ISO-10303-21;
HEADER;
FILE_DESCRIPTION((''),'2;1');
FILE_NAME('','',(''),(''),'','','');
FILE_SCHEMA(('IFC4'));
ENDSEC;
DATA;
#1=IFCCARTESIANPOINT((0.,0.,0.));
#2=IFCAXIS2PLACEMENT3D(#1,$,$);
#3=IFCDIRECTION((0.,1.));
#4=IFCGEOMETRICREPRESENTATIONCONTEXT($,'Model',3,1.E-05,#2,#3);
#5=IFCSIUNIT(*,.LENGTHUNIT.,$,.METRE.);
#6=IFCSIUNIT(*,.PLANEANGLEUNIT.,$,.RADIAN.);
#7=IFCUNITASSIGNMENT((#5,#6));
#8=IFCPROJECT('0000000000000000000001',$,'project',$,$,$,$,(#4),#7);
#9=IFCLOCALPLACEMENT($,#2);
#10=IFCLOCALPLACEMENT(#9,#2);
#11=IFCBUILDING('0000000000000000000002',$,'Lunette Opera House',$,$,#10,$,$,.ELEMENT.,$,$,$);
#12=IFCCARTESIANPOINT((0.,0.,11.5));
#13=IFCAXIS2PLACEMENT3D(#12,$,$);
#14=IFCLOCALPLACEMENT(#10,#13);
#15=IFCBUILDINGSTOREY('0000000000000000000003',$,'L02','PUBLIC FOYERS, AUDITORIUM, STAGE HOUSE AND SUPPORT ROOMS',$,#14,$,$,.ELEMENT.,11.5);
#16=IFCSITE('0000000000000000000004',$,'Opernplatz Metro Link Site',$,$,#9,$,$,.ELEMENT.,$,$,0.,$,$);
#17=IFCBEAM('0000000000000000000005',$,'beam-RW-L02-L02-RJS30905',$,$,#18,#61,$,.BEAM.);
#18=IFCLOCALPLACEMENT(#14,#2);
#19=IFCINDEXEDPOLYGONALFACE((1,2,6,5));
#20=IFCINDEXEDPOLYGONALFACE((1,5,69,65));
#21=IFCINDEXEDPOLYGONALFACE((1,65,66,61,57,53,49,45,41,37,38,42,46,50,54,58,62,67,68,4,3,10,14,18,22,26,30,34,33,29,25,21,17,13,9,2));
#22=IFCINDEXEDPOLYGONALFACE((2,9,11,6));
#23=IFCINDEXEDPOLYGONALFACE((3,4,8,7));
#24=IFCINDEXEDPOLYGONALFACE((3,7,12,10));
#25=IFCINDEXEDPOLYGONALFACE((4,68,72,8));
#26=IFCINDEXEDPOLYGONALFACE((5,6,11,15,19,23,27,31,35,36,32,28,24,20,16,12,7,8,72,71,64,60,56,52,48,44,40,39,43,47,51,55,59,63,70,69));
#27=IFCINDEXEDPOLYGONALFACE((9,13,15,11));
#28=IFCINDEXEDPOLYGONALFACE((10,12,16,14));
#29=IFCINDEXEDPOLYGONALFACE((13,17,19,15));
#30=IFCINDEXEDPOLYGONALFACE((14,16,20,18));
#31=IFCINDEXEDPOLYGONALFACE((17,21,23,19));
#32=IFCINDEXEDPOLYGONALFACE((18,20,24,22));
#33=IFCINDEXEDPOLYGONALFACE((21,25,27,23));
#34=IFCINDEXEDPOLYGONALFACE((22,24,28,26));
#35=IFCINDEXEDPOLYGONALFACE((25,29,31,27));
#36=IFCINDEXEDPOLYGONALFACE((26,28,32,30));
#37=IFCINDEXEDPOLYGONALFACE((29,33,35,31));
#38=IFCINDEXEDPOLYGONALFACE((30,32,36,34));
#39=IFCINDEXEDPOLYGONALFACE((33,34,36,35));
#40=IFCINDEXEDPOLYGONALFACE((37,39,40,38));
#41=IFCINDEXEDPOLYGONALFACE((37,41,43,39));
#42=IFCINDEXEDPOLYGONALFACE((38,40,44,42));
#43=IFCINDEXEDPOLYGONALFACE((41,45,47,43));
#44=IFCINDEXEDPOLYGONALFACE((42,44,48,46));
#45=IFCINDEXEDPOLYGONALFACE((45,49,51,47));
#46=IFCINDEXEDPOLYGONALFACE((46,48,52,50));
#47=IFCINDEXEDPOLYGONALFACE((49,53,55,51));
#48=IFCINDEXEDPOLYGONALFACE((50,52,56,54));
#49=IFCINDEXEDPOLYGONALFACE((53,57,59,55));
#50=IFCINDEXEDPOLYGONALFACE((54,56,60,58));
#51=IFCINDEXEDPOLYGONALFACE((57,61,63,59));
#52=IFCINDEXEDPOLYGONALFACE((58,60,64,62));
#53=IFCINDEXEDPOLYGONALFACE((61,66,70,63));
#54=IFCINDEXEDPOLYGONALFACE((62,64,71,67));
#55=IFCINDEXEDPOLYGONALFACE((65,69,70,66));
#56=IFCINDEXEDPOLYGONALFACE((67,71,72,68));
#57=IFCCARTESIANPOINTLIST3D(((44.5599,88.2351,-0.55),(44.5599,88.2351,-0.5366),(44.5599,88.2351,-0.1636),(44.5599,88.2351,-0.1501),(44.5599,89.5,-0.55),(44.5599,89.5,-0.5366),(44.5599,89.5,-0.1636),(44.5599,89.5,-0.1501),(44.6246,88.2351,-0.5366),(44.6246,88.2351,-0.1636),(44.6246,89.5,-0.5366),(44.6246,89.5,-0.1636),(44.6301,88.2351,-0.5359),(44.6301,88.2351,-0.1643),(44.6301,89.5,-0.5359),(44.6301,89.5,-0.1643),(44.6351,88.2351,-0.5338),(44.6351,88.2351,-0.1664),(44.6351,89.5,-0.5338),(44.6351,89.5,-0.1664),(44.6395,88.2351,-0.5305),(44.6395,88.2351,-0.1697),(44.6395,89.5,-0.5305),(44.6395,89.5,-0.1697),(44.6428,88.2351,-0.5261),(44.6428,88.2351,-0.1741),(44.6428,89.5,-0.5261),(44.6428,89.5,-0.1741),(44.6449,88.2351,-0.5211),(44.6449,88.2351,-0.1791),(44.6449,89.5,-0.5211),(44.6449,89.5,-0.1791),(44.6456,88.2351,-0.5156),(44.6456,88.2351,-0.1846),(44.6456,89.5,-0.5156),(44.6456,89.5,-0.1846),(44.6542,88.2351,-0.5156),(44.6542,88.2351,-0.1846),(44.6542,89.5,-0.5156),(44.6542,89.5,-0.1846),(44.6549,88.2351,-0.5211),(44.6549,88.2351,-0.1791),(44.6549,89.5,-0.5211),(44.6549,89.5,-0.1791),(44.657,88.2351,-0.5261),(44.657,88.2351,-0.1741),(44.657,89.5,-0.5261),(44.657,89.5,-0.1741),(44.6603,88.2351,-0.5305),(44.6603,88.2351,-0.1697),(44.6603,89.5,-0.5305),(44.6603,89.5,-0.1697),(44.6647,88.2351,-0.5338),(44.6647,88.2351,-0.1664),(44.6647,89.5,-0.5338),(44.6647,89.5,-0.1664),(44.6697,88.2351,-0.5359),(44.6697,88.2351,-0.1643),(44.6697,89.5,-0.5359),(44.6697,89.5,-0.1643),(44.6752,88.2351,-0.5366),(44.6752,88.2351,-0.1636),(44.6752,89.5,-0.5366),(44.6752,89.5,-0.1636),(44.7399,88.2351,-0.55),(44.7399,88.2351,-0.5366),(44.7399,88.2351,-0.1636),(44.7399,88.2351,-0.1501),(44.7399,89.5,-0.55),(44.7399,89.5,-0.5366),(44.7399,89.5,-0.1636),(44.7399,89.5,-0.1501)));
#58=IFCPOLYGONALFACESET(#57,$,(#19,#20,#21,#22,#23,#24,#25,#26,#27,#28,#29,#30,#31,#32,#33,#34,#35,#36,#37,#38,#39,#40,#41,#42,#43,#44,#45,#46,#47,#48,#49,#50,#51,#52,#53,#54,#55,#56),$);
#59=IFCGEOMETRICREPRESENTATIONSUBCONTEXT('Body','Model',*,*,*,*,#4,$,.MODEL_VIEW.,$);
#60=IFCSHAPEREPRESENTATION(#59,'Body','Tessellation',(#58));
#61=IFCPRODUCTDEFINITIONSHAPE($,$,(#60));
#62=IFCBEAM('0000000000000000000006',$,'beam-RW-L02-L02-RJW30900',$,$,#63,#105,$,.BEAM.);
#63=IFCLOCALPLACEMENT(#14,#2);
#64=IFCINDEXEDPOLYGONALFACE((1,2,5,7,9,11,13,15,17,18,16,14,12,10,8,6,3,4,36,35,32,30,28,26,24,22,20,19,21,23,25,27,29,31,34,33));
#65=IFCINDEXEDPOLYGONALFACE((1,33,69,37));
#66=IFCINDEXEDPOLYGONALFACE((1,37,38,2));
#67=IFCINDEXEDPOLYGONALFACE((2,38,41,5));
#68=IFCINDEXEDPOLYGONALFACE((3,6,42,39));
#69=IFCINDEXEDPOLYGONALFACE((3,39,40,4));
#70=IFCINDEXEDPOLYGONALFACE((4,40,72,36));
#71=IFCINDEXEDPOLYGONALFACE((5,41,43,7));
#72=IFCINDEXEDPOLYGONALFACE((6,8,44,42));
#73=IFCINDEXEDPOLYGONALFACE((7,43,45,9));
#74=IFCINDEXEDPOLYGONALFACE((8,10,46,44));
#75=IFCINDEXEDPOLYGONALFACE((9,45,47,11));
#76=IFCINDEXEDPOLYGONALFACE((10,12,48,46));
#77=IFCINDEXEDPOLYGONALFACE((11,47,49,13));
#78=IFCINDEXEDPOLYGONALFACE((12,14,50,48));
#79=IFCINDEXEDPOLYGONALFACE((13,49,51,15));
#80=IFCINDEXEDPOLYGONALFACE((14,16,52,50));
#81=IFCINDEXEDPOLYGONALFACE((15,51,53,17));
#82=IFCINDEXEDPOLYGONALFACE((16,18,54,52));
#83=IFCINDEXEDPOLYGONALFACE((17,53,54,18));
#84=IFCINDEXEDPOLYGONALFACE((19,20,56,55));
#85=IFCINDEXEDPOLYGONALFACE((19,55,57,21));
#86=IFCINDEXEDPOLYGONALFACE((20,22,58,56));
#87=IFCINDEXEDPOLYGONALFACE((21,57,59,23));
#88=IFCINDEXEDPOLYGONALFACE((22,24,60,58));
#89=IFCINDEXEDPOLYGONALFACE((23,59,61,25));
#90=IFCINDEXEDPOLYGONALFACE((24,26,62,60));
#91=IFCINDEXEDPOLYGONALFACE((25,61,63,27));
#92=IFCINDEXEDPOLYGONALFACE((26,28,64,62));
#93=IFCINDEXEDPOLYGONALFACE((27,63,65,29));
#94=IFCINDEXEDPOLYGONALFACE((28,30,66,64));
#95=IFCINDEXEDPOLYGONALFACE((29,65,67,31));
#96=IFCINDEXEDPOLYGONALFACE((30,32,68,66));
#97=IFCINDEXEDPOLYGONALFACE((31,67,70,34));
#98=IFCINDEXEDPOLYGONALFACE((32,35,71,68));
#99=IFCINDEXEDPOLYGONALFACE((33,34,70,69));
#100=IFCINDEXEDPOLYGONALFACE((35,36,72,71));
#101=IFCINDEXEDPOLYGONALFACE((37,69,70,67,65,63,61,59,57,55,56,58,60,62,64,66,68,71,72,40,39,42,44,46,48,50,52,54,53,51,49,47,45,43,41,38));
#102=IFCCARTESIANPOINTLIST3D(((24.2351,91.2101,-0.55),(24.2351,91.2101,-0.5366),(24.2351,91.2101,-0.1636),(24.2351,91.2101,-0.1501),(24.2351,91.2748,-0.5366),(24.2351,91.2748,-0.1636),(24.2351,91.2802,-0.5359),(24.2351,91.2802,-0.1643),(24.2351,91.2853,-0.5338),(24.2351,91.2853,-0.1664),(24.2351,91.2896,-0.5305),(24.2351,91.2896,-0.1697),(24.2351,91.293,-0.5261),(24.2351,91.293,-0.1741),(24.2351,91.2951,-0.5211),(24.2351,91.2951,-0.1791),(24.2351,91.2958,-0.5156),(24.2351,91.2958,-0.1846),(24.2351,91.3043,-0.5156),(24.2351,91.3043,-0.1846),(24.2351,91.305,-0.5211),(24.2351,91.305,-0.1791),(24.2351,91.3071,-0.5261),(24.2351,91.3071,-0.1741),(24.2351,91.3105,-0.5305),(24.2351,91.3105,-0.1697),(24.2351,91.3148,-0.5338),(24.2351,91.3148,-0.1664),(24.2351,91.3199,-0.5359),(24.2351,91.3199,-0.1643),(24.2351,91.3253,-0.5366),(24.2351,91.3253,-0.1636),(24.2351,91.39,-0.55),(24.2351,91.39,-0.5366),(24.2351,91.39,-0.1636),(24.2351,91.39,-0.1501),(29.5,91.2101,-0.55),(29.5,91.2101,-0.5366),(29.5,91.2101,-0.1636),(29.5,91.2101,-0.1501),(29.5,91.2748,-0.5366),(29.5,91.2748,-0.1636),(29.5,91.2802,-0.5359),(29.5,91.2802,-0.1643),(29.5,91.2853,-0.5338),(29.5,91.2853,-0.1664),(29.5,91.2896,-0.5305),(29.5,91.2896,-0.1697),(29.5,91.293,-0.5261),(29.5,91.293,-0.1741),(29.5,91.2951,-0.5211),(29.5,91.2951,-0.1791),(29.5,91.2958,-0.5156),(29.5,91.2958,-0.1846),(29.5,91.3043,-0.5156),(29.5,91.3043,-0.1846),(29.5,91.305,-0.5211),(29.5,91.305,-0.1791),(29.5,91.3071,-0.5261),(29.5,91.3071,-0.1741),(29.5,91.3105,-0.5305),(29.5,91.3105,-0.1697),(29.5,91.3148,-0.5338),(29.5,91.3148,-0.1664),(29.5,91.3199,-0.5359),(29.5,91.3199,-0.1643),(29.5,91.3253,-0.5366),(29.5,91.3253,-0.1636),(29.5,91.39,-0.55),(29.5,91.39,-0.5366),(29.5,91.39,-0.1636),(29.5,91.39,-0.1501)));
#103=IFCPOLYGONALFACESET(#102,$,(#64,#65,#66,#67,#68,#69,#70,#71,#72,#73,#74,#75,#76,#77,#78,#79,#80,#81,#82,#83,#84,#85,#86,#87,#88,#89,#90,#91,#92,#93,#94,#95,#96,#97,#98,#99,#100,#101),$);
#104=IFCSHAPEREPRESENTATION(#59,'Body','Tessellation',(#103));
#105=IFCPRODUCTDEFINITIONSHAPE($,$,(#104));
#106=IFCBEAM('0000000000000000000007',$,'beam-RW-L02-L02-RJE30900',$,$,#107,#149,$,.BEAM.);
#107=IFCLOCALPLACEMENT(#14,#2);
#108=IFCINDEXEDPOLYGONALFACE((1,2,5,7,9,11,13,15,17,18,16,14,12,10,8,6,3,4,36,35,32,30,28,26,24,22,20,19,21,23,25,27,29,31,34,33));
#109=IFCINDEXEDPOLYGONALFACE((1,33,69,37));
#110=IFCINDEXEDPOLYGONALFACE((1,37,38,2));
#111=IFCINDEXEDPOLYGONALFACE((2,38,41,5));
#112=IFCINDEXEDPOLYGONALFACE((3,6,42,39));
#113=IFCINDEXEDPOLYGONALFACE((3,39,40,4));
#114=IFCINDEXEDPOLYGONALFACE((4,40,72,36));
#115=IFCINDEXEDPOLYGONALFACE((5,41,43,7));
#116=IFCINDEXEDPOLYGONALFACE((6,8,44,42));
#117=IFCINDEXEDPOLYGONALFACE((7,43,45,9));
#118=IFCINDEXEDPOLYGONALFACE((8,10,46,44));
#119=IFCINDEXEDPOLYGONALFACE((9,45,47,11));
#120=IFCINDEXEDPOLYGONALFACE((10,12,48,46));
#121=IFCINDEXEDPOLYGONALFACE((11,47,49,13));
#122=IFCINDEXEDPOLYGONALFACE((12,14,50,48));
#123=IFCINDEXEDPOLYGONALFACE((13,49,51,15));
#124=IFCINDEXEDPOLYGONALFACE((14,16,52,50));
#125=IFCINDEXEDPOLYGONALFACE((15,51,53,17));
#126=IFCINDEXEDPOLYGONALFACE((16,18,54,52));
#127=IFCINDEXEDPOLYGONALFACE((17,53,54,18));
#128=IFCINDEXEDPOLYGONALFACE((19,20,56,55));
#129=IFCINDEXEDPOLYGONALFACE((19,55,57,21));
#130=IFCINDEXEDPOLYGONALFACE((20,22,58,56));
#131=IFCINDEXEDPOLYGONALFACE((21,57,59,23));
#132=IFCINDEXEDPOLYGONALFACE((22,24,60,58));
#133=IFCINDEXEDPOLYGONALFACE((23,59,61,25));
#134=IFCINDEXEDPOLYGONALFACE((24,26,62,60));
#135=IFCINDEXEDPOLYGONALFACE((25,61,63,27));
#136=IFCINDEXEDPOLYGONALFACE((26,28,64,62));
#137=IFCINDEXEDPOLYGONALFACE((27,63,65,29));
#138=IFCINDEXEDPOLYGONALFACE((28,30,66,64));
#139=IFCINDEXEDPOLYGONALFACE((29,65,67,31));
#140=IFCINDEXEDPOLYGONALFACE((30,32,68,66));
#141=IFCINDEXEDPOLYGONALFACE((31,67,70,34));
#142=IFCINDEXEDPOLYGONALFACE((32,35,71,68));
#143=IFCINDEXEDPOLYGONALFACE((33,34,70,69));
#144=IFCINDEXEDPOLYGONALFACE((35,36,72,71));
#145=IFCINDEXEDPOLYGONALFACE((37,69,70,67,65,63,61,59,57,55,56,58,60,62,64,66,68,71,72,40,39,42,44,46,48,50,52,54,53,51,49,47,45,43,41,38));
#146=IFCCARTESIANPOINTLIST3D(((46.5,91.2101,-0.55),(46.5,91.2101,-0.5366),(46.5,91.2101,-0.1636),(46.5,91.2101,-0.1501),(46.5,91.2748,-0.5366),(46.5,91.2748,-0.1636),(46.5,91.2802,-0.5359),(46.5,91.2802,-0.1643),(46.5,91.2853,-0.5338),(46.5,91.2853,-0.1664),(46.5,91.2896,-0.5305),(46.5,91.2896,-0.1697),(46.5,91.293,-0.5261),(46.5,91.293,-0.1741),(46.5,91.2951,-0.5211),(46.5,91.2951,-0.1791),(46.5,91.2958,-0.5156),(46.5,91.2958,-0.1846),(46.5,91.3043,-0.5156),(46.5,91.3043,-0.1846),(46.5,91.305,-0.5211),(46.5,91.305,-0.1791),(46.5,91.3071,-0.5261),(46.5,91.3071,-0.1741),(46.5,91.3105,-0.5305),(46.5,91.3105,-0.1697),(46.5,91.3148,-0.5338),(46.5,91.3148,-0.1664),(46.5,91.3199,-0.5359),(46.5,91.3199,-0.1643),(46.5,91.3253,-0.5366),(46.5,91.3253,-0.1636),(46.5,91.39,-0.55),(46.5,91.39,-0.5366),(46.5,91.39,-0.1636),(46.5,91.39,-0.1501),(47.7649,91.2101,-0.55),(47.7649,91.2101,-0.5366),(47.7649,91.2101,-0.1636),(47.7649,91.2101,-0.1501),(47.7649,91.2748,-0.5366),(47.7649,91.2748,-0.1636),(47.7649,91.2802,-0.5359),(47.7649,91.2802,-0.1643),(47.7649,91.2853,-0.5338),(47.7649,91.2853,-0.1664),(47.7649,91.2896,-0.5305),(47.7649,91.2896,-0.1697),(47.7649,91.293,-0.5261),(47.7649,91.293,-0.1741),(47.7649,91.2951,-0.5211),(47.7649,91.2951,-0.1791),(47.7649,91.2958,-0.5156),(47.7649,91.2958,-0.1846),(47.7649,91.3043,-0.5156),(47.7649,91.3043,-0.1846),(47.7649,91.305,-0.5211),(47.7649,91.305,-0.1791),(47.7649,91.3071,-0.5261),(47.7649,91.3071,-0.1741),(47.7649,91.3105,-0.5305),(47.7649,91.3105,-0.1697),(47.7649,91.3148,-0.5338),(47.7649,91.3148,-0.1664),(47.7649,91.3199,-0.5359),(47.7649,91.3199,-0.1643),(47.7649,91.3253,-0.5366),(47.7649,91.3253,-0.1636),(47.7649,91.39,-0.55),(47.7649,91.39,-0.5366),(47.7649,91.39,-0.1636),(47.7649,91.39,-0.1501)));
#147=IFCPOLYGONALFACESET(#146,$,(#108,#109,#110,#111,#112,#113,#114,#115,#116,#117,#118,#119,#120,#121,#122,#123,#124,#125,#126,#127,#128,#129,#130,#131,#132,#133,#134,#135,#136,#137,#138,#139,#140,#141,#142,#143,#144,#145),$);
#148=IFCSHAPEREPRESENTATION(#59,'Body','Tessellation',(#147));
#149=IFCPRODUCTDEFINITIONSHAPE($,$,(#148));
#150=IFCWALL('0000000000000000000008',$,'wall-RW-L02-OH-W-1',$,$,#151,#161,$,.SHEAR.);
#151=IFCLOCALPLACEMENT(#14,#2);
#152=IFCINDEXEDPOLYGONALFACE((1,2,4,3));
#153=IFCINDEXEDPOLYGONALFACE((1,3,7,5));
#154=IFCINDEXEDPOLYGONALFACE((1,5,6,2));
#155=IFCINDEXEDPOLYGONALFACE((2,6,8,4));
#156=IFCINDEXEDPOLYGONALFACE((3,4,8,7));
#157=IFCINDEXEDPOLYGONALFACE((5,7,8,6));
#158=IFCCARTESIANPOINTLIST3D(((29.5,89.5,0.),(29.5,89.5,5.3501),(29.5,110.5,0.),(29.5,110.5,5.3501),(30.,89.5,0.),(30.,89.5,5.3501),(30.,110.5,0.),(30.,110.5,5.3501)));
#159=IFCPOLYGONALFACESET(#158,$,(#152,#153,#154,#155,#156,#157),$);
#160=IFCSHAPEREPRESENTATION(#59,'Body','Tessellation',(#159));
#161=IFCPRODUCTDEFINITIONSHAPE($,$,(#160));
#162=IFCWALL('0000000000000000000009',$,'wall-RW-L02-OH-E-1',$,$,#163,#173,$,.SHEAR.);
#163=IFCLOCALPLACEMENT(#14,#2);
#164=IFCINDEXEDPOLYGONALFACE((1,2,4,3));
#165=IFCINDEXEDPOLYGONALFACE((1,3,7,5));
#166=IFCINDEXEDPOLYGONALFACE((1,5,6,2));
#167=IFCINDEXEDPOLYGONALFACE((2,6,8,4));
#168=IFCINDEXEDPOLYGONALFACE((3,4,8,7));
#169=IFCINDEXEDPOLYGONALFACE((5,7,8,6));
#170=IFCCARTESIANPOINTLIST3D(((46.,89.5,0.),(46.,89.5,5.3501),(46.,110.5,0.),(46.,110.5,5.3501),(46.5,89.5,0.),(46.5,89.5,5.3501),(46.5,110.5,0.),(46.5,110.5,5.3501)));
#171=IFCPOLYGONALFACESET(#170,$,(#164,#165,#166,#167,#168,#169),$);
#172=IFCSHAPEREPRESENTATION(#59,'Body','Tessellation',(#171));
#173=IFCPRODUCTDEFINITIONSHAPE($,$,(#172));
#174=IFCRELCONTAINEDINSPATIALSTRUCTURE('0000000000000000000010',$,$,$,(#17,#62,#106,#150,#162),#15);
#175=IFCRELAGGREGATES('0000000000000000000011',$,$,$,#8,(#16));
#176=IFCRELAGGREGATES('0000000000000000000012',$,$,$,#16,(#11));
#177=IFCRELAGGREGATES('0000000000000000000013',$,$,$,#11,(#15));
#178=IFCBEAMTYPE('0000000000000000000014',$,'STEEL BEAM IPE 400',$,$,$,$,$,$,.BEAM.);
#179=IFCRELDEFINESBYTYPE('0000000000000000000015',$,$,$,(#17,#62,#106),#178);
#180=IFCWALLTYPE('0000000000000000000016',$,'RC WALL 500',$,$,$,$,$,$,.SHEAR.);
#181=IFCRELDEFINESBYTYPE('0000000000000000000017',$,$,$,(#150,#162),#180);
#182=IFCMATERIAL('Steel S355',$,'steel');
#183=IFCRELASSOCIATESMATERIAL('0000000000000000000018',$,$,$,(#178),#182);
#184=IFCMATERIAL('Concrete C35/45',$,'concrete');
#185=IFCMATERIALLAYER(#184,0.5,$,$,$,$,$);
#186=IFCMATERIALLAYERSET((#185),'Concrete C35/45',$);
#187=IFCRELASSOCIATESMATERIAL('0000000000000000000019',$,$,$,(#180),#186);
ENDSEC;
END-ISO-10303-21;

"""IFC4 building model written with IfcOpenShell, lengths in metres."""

from ifc_helpers import new_model, si_unit, direction, frame, frame_2d, origin, origin_2d, place, context, subcontext, project, spatial, rectangle, i_section, extrude, material, layer, layer_set, material_profile, profile_set, type_object, element, save


model = new_model("IFC4")

# Units and contexts
model_context = context("Model", 3, precision=1e-05, world=origin(), true_north=direction((0.0, 1.0)))
body_context = subcontext(model_context, "Body", "Model", "MODEL_VIEW")
ifc_project = project(units=[si_unit("LENGTHUNIT", "METRE"), si_unit("PLANEANGLEUNIT", "RADIAN")], contexts=[model_context])

# Site, building, storey
site_placement = place(None, origin())
site = spatial("IfcSite", under=ifc_project, at=site_placement, Name="Opernplatz Metro Link Site", CompositionType="ELEMENT", RefElevation=0.0)
building_placement = place(site_placement, origin())
building = spatial("IfcBuilding", under=site, at=building_placement, Name="Lunette Opera House", CompositionType="ELEMENT")
storey_placement = place(building_placement, frame((0.0, 0.0, 11.5)))
storey = spatial("IfcBuildingStorey", under=building, at=storey_placement, Name="L02", Description="PUBLIC FOYERS, AUDITORIUM, STAGE HOUSE AND SUPPORT ROOMS", CompositionType="ELEMENT", Elevation=11.5)

# Beams
ifc_material_1 = material(Name="Steel S355", Category="steel")
ifc_material_profile_1 = material_profile(ifc_material_1, i_section(OverallWidth=0.1799, OverallDepth=0.3999, WebThickness=0.0085, FlangeThickness=0.0134, FilletRadius=0.021, at=origin_2d()), Name="IPE 400")
ifc_profile_set_1 = profile_set([ifc_material_profile_1], Name="Steel S355")
beam_type_1 = type_object("IfcBeamType", Name="STEEL BEAM IPE 400", PredefinedType="BEAM", material=ifc_profile_set_1)
for number, where, z_axis, x_axis, name in (
    (1, (44.6499, 89.5, -0.3501), (0.0, -1.0, 0.0), (1.0, 0.0, 0.0), "beam-RW-L02-L02-RJS30905"),
):
    element("IfcBeam", number, at=place(storey_placement, frame(where, z_axis=z_axis, x_axis=x_axis)), inside=storey, type_object=beam_type_1, Name=name, PredefinedType="BEAM", context=body_context, shape_type="SweptSolid", body=[
        extrude(i_section(OverallWidth=0.1799, OverallDepth=0.3999, WebThickness=0.0085, FlangeThickness=0.0134, FilletRadius=0.021, at=origin_2d()), origin(), (0.0, 0.0, 1.0), 1.2649),
    ])
beam_1_placement = place(storey_placement, frame((29.5, 91.3, -0.3501), z_axis=(-1.0, 0.0, 0.0), x_axis=(0.0, -1.0, 0.0)))
element("IfcBeam", 2, at=beam_1_placement, inside=storey, type_object=beam_type_1, Name="beam-RW-L02-L02-RJW30900", PredefinedType="BEAM", context=body_context, shape_type="SweptSolid", body=[
    extrude(i_section(OverallWidth=0.1799, OverallDepth=0.3999, WebThickness=0.0085, FlangeThickness=0.0134, FilletRadius=0.021, at=origin_2d()), origin(), (0.0, 0.0, 1.0), 5.2649),
])
beam_2_placement = place(storey_placement, frame((46.5, 91.3, -0.3501), z_axis=(1.0, 0.0, 0.0), x_axis=(0.0, 1.0, 0.0)))
element("IfcBeam", 3, at=beam_2_placement, inside=storey, type_object=beam_type_1, Name="beam-RW-L02-L02-RJE30900", PredefinedType="BEAM", context=body_context, shape_type="SweptSolid", body=[
    extrude(i_section(OverallWidth=0.1799, OverallDepth=0.3999, WebThickness=0.0085, FlangeThickness=0.0134, FilletRadius=0.021, at=origin_2d()), origin(), (0.0, 0.0, 1.0), 1.2649),
])

# Walls
ifc_material_2 = material(Name="Concrete C35/45", Category="concrete")
ifc_layer_1 = layer(ifc_material_2, 0.5)
ifc_layer_set_1 = layer_set([ifc_layer_1], Name="Concrete C35/45")
wall_type_1 = type_object("IfcWallType", Name="RC WALL 500", PredefinedType="SHEAR", material=ifc_layer_set_1)
for number, where, z_axis, x_axis, name in (
    (4, (29.75, 89.5, 0.0), (0.0, 0.0, 1.0), (0.0, 1.0, 0.0), "wall-RW-L02-OH-W-1"),
    (5, (46.25, 89.5, 0.0), (0.0, 0.0, 1.0), (0.0, 1.0, 0.0), "wall-RW-L02-OH-E-1"),
):
    element("IfcWall", number, at=place(storey_placement, frame(where, z_axis=z_axis, x_axis=x_axis)), inside=storey, type_object=wall_type_1, Name=name, PredefinedType="SHEAR", context=body_context, shape_type="SweptSolid", body=[
        extrude(rectangle(XDim=21.0, YDim=0.5, at=frame_2d((10.5, 0.0))), origin(), (0.0, 0.0, 1.0), 5.3501),
    ])

save(model, "model.ifc")
